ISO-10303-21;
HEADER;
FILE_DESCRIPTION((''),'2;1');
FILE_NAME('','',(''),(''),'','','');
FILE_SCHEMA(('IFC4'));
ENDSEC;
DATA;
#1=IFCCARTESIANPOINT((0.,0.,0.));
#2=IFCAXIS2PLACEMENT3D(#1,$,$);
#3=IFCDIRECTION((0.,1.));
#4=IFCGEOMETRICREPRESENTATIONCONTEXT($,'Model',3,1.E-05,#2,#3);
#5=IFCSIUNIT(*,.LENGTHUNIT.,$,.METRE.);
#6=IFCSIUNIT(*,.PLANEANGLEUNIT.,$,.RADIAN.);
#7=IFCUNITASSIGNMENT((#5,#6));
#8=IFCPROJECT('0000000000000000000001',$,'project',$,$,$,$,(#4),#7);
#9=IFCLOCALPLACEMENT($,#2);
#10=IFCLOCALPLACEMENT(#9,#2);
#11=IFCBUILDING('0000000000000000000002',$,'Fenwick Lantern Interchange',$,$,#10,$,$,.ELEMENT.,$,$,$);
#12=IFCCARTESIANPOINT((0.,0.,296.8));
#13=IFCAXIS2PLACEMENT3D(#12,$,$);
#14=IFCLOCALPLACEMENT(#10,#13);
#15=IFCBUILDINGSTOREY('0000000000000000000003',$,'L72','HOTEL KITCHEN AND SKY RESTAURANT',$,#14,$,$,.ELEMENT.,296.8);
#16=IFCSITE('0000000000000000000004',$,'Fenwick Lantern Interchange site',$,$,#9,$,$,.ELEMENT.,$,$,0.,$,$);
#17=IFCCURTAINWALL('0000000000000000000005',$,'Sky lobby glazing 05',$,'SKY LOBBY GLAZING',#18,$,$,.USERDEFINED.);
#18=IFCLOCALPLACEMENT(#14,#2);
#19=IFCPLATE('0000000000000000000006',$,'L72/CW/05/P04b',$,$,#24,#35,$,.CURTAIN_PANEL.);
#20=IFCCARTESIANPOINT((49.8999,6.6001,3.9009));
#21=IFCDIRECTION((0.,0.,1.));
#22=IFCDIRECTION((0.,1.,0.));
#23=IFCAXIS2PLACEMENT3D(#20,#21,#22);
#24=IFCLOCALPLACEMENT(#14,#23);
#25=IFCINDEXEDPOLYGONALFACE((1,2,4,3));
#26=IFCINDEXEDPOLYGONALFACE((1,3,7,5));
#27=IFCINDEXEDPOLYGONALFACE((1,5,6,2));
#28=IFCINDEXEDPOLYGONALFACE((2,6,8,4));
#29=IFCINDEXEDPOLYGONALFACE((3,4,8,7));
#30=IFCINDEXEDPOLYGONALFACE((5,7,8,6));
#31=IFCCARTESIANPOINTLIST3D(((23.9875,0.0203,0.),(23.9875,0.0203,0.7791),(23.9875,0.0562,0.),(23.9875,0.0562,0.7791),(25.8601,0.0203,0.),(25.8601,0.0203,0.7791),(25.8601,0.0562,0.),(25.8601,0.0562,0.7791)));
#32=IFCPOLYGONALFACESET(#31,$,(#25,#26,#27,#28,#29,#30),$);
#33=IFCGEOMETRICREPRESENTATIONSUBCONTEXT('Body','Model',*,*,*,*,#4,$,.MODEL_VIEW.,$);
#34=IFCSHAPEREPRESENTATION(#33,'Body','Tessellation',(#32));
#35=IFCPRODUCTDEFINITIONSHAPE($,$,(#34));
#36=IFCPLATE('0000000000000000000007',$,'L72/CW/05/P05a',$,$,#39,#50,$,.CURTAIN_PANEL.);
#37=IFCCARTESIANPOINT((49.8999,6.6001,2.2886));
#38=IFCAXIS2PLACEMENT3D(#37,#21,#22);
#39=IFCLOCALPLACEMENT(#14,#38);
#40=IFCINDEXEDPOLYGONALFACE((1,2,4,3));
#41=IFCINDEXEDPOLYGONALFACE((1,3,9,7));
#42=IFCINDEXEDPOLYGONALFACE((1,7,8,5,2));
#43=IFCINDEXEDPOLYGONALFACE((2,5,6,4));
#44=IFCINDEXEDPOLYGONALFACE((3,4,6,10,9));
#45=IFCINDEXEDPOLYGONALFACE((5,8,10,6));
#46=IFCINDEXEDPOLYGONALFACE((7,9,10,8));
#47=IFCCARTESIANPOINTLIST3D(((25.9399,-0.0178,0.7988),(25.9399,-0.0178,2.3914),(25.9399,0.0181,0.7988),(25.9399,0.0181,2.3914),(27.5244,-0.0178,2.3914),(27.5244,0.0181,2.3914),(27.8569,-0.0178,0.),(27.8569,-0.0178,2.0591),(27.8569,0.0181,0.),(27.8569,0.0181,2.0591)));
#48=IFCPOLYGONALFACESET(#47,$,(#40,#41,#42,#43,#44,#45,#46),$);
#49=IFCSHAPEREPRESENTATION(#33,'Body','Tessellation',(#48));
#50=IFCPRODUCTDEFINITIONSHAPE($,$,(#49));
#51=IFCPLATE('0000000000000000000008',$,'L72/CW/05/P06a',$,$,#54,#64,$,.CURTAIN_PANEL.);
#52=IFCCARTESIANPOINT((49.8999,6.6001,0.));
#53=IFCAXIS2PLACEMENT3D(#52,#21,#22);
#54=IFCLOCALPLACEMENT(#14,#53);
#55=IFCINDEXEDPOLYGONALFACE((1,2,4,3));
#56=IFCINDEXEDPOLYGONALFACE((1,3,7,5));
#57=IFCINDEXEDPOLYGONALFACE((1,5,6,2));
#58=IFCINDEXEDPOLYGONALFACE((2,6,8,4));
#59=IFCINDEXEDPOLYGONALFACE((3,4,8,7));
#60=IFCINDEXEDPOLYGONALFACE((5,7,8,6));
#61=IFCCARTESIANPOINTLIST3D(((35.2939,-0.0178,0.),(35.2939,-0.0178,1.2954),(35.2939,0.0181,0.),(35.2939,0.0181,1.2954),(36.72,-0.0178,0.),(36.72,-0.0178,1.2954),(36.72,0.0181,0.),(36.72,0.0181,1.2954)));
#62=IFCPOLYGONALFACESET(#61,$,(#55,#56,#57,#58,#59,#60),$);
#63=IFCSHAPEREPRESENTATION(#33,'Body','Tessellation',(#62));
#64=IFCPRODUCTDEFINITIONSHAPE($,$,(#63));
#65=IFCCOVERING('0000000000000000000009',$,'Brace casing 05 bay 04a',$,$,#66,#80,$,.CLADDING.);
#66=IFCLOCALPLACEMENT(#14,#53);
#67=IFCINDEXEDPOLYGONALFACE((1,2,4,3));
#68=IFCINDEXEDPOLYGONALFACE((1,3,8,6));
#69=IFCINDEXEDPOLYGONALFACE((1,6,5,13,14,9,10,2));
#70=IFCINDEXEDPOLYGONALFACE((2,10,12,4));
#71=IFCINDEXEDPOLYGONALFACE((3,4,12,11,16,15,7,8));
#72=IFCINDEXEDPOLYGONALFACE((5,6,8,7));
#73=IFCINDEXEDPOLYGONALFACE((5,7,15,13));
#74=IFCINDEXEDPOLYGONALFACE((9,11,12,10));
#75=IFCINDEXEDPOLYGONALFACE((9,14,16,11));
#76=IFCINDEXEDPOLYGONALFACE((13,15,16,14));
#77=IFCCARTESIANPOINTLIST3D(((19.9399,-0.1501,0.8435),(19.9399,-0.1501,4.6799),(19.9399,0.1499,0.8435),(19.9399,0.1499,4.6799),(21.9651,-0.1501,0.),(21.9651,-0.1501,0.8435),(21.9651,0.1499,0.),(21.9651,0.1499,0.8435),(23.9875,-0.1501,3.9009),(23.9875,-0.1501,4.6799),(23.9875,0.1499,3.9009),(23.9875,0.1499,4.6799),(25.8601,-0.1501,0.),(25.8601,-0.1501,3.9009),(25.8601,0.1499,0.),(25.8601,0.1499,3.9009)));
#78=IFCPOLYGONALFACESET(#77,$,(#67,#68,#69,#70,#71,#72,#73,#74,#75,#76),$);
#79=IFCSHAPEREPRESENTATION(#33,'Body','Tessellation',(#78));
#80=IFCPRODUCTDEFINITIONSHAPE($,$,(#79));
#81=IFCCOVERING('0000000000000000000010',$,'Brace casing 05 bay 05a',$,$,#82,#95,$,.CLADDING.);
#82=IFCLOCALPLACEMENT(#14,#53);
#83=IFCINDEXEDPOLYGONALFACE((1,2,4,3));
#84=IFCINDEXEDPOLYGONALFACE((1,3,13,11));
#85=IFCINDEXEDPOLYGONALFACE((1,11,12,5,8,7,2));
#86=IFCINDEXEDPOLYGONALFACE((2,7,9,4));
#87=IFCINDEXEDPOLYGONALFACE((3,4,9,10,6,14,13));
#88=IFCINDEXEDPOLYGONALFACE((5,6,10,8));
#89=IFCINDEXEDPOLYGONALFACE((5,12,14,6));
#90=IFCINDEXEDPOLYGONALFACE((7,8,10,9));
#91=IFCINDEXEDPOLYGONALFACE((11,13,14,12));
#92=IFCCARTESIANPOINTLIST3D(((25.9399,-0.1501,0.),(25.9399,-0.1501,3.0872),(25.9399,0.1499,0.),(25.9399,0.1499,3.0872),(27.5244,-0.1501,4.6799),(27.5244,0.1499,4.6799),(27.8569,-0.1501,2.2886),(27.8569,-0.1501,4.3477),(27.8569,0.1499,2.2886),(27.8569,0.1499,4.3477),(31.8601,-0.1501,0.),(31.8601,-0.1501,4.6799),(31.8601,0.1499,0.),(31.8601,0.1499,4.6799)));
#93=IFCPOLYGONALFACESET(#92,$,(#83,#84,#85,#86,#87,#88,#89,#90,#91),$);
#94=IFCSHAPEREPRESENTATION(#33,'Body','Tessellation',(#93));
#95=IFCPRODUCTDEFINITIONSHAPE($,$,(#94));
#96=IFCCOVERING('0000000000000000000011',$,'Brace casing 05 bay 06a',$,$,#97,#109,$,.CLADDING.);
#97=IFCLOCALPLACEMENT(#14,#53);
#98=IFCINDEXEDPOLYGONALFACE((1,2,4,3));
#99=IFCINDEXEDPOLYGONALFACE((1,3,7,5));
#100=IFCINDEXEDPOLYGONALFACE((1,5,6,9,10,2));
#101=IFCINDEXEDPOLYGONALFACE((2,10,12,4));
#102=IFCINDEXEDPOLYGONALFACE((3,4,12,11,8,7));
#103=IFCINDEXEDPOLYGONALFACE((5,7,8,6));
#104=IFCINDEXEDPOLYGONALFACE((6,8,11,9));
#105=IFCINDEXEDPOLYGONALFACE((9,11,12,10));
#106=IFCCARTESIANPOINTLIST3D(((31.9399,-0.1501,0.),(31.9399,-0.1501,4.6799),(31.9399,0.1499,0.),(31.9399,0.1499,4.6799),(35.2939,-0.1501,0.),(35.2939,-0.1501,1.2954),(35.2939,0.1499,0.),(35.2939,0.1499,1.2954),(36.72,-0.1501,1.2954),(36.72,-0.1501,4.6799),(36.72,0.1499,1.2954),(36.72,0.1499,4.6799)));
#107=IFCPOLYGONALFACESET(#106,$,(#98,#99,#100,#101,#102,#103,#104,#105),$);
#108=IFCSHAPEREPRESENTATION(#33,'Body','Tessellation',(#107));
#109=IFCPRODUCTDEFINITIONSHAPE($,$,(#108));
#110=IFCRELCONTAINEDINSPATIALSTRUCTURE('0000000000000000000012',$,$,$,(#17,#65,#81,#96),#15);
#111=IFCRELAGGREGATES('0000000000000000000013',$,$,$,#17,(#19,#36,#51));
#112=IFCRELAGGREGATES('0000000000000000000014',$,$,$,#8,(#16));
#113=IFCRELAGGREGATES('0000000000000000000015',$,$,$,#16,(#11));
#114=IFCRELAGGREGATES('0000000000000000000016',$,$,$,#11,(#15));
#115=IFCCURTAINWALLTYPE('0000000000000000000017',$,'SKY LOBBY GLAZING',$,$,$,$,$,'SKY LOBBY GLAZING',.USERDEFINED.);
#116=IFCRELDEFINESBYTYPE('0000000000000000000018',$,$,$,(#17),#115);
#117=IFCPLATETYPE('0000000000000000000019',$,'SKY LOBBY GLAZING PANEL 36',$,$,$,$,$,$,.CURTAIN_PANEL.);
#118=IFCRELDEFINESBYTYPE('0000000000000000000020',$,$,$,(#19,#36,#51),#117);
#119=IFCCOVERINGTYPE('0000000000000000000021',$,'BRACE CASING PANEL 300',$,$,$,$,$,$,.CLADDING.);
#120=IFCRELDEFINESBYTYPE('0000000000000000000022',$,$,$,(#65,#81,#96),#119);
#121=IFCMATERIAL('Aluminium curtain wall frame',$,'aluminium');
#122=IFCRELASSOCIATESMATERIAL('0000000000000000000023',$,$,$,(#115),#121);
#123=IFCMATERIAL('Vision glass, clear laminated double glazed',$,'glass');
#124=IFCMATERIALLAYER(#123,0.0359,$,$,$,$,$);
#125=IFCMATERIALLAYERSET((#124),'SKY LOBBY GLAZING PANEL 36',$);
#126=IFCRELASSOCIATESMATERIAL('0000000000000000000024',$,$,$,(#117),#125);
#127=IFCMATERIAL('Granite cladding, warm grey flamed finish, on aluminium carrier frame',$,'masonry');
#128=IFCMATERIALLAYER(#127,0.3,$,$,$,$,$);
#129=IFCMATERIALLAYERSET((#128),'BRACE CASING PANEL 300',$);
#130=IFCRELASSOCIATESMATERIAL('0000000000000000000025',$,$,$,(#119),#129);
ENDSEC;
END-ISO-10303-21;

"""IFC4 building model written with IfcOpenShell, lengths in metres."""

from ifc_helpers import new_model, si_unit, direction, frame, origin, place, context, subcontext, project, spatial, polyline, outline, extrude, material, layer, layer_set, type_object, element, aggregate, save


model = new_model("IFC4")

# Units and contexts
model_context = context("Model", 3, precision=1e-05, world=origin(), true_north=direction((0.0, 1.0)))
body_context = subcontext(model_context, "Body", "Model", "MODEL_VIEW")
ifc_project = project(units=[si_unit("LENGTHUNIT", "METRE"), si_unit("PLANEANGLEUNIT", "RADIAN")], contexts=[model_context])

# Site, building, storey
site_placement = place(None, origin())
site = spatial("IfcSite", under=ifc_project, at=site_placement, Name="Fenwick Lantern Interchange site", CompositionType="ELEMENT", RefElevation=0.0)
building_placement = place(site_placement, origin())
building = spatial("IfcBuilding", under=site, at=building_placement, Name="Fenwick Lantern Interchange", CompositionType="ELEMENT")
storey_placement = place(building_placement, frame((0.0, 0.0, 296.8)))
storey = spatial("IfcBuildingStorey", under=building, at=storey_placement, Name="L72", Description="HOTEL KITCHEN AND SKY RESTAURANT", CompositionType="ELEMENT", Elevation=296.8)

# Curtain wall, plates
ifc_material_1 = material(Name="Aluminium curtain wall frame", Category="aluminium")
curtain_wall_type = type_object("IfcCurtainWallType", Name="SKY LOBBY GLAZING", ElementType="SKY LOBBY GLAZING", PredefinedType="USERDEFINED", material=ifc_material_1)
curtain_wall_placement = place(storey_placement, origin())
curtain_wall = element("IfcCurtainWall", 1, at=curtain_wall_placement, inside=storey, type_object=curtain_wall_type, Name="Sky lobby glazing 05", ObjectType="SKY LOBBY GLAZING", PredefinedType="USERDEFINED")
ifc_material_2 = material(Name="Vision glass, clear laminated double glazed", Category="glass")
ifc_layer_1 = layer(ifc_material_2, 0.0359)
ifc_layer_set_1 = layer_set([ifc_layer_1], Name="SKY LOBBY GLAZING PANEL 36")
plate_type = type_object("IfcPlateType", Name="SKY LOBBY GLAZING PANEL 36", PredefinedType="CURTAIN_PANEL", material=ifc_layer_set_1)
plate_1_placement = place(storey_placement, frame((49.8999, 6.6001, 3.9009), z_axis=(0.0, 0.0, 1.0), x_axis=(0.0, 1.0, 0.0)))
plate_1 = element("IfcPlate", 2, at=plate_1_placement, type_object=plate_type, Name="L72/CW/05/P04b", PredefinedType="CURTAIN_PANEL", context=body_context, shape_type="SweptSolid", body=[
    extrude(outline(polyline([(23.9875, 0.0), (25.8601, 0.0), (25.8601, 0.7791), (23.9875, 0.7791), (23.9875, 0.0)])), frame((0.0, 0.0562, 0.0), z_axis=(0.0, -1.0, 0.0), x_axis=(1.0, 0.0, 0.0)), (0.0, 0.0, 1.0), 0.0359),
])
plate_2_placement = place(storey_placement, frame((49.8999, 6.6001, 2.2886), z_axis=(0.0, 0.0, 1.0), x_axis=(0.0, 1.0, 0.0)))
plate_2 = element("IfcPlate", 3, at=plate_2_placement, type_object=plate_type, Name="L72/CW/05/P05a", PredefinedType="CURTAIN_PANEL", context=body_context, shape_type="SweptSolid", body=[
    extrude(outline(polyline([(27.8569, 0.0), (27.8569, 2.0591), (27.5244, 2.3914), (25.9399, 2.3914), (25.9399, 0.7988), (27.8569, 0.0)])), frame((0.0, 0.0181, 0.0), z_axis=(0.0, -1.0, 0.0), x_axis=(1.0, 0.0, 0.0)), (0.0, 0.0, 1.0), 0.0359),
])
plate_3_placement = place(storey_placement, frame((49.8999, 6.6001, 0.0), z_axis=(0.0, 0.0, 1.0), x_axis=(0.0, 1.0, 0.0)))
plate_3 = element("IfcPlate", 4, at=plate_3_placement, type_object=plate_type, Name="L72/CW/05/P06a", PredefinedType="CURTAIN_PANEL", context=body_context, shape_type="SweptSolid", body=[
    extrude(outline(polyline([(35.2939, 0.0), (36.72, 0.0), (36.72, 1.2954), (35.2939, 1.2954), (35.2939, 0.0)])), frame((0.0, 0.0181, 0.0), z_axis=(0.0, -1.0, 0.0), x_axis=(1.0, 0.0, 0.0)), (0.0, 0.0, 1.0), 0.0359),
])
aggregate(curtain_wall, [plate_1, plate_2, plate_3])

# Coverings
ifc_material_3 = material(Name="Granite cladding, warm grey flamed finish, on aluminium carrier frame", Category="masonry")
ifc_layer_2 = layer(ifc_material_3, 0.3)
ifc_layer_set_2 = layer_set([ifc_layer_2], Name="BRACE CASING PANEL 300")
covering_type = type_object("IfcCoveringType", Name="BRACE CASING PANEL 300", PredefinedType="CLADDING", material=ifc_layer_set_2)
covering_1_placement = place(storey_placement, frame((49.8999, 6.6001, 0.0), z_axis=(0.0, 0.0, 1.0), x_axis=(0.0, 1.0, 0.0)))
element("IfcCovering", 5, at=covering_1_placement, inside=storey, type_object=covering_type, Name="Brace casing 05 bay 04a", PredefinedType="CLADDING", context=body_context, shape_type="SweptSolid", body=[
    extrude(outline(polyline([(21.9651, 0.0), (25.8601, 0.0), (25.8601, 3.9009), (23.9875, 3.9009), (23.9875, 4.6799), (19.9399, 4.6799), (19.9399, 0.8435), (21.9651, 0.8435), (21.9651, 0.0)])), frame((0.0, 0.1499, 0.0), z_axis=(0.0, -1.0, 0.0), x_axis=(1.0, 0.0, 0.0)), (0.0, 0.0, 1.0), 0.3),
])
covering_2_placement = place(storey_placement, frame((49.8999, 6.6001, 0.0), z_axis=(0.0, 0.0, 1.0), x_axis=(0.0, 1.0, 0.0)))
element("IfcCovering", 6, at=covering_2_placement, inside=storey, type_object=covering_type, Name="Brace casing 05 bay 05a", PredefinedType="CLADDING", context=body_context, shape_type="SweptSolid", body=[
    extrude(outline(polyline([(25.9399, 0.0), (31.8601, 0.0), (31.8601, 4.6799), (27.5244, 4.6799), (27.8569, 4.3477), (27.8569, 2.2886), (25.9399, 3.0872), (25.9399, 0.0)])), frame((0.0, 0.1499, 0.0), z_axis=(0.0, -1.0, 0.0), x_axis=(1.0, 0.0, 0.0)), (0.0, 0.0, 1.0), 0.3),
])
covering_3_placement = place(storey_placement, frame((49.8999, 6.6001, 0.0), z_axis=(0.0, 0.0, 1.0), x_axis=(0.0, 1.0, 0.0)))
element("IfcCovering", 7, at=covering_3_placement, inside=storey, type_object=covering_type, Name="Brace casing 05 bay 06a", PredefinedType="CLADDING", context=body_context, shape_type="SweptSolid", body=[
    extrude(outline(polyline([(31.9399, 0.0), (35.2939, 0.0), (35.2939, 1.2954), (36.72, 1.2954), (36.72, 4.6799), (31.9399, 4.6799), (31.9399, 0.0)])), frame((0.0, 0.1499, 0.0), z_axis=(0.0, -1.0, 0.0), x_axis=(1.0, 0.0, 0.0)), (0.0, 0.0, 1.0), 0.3),
])

save(model, "model.ifc")
